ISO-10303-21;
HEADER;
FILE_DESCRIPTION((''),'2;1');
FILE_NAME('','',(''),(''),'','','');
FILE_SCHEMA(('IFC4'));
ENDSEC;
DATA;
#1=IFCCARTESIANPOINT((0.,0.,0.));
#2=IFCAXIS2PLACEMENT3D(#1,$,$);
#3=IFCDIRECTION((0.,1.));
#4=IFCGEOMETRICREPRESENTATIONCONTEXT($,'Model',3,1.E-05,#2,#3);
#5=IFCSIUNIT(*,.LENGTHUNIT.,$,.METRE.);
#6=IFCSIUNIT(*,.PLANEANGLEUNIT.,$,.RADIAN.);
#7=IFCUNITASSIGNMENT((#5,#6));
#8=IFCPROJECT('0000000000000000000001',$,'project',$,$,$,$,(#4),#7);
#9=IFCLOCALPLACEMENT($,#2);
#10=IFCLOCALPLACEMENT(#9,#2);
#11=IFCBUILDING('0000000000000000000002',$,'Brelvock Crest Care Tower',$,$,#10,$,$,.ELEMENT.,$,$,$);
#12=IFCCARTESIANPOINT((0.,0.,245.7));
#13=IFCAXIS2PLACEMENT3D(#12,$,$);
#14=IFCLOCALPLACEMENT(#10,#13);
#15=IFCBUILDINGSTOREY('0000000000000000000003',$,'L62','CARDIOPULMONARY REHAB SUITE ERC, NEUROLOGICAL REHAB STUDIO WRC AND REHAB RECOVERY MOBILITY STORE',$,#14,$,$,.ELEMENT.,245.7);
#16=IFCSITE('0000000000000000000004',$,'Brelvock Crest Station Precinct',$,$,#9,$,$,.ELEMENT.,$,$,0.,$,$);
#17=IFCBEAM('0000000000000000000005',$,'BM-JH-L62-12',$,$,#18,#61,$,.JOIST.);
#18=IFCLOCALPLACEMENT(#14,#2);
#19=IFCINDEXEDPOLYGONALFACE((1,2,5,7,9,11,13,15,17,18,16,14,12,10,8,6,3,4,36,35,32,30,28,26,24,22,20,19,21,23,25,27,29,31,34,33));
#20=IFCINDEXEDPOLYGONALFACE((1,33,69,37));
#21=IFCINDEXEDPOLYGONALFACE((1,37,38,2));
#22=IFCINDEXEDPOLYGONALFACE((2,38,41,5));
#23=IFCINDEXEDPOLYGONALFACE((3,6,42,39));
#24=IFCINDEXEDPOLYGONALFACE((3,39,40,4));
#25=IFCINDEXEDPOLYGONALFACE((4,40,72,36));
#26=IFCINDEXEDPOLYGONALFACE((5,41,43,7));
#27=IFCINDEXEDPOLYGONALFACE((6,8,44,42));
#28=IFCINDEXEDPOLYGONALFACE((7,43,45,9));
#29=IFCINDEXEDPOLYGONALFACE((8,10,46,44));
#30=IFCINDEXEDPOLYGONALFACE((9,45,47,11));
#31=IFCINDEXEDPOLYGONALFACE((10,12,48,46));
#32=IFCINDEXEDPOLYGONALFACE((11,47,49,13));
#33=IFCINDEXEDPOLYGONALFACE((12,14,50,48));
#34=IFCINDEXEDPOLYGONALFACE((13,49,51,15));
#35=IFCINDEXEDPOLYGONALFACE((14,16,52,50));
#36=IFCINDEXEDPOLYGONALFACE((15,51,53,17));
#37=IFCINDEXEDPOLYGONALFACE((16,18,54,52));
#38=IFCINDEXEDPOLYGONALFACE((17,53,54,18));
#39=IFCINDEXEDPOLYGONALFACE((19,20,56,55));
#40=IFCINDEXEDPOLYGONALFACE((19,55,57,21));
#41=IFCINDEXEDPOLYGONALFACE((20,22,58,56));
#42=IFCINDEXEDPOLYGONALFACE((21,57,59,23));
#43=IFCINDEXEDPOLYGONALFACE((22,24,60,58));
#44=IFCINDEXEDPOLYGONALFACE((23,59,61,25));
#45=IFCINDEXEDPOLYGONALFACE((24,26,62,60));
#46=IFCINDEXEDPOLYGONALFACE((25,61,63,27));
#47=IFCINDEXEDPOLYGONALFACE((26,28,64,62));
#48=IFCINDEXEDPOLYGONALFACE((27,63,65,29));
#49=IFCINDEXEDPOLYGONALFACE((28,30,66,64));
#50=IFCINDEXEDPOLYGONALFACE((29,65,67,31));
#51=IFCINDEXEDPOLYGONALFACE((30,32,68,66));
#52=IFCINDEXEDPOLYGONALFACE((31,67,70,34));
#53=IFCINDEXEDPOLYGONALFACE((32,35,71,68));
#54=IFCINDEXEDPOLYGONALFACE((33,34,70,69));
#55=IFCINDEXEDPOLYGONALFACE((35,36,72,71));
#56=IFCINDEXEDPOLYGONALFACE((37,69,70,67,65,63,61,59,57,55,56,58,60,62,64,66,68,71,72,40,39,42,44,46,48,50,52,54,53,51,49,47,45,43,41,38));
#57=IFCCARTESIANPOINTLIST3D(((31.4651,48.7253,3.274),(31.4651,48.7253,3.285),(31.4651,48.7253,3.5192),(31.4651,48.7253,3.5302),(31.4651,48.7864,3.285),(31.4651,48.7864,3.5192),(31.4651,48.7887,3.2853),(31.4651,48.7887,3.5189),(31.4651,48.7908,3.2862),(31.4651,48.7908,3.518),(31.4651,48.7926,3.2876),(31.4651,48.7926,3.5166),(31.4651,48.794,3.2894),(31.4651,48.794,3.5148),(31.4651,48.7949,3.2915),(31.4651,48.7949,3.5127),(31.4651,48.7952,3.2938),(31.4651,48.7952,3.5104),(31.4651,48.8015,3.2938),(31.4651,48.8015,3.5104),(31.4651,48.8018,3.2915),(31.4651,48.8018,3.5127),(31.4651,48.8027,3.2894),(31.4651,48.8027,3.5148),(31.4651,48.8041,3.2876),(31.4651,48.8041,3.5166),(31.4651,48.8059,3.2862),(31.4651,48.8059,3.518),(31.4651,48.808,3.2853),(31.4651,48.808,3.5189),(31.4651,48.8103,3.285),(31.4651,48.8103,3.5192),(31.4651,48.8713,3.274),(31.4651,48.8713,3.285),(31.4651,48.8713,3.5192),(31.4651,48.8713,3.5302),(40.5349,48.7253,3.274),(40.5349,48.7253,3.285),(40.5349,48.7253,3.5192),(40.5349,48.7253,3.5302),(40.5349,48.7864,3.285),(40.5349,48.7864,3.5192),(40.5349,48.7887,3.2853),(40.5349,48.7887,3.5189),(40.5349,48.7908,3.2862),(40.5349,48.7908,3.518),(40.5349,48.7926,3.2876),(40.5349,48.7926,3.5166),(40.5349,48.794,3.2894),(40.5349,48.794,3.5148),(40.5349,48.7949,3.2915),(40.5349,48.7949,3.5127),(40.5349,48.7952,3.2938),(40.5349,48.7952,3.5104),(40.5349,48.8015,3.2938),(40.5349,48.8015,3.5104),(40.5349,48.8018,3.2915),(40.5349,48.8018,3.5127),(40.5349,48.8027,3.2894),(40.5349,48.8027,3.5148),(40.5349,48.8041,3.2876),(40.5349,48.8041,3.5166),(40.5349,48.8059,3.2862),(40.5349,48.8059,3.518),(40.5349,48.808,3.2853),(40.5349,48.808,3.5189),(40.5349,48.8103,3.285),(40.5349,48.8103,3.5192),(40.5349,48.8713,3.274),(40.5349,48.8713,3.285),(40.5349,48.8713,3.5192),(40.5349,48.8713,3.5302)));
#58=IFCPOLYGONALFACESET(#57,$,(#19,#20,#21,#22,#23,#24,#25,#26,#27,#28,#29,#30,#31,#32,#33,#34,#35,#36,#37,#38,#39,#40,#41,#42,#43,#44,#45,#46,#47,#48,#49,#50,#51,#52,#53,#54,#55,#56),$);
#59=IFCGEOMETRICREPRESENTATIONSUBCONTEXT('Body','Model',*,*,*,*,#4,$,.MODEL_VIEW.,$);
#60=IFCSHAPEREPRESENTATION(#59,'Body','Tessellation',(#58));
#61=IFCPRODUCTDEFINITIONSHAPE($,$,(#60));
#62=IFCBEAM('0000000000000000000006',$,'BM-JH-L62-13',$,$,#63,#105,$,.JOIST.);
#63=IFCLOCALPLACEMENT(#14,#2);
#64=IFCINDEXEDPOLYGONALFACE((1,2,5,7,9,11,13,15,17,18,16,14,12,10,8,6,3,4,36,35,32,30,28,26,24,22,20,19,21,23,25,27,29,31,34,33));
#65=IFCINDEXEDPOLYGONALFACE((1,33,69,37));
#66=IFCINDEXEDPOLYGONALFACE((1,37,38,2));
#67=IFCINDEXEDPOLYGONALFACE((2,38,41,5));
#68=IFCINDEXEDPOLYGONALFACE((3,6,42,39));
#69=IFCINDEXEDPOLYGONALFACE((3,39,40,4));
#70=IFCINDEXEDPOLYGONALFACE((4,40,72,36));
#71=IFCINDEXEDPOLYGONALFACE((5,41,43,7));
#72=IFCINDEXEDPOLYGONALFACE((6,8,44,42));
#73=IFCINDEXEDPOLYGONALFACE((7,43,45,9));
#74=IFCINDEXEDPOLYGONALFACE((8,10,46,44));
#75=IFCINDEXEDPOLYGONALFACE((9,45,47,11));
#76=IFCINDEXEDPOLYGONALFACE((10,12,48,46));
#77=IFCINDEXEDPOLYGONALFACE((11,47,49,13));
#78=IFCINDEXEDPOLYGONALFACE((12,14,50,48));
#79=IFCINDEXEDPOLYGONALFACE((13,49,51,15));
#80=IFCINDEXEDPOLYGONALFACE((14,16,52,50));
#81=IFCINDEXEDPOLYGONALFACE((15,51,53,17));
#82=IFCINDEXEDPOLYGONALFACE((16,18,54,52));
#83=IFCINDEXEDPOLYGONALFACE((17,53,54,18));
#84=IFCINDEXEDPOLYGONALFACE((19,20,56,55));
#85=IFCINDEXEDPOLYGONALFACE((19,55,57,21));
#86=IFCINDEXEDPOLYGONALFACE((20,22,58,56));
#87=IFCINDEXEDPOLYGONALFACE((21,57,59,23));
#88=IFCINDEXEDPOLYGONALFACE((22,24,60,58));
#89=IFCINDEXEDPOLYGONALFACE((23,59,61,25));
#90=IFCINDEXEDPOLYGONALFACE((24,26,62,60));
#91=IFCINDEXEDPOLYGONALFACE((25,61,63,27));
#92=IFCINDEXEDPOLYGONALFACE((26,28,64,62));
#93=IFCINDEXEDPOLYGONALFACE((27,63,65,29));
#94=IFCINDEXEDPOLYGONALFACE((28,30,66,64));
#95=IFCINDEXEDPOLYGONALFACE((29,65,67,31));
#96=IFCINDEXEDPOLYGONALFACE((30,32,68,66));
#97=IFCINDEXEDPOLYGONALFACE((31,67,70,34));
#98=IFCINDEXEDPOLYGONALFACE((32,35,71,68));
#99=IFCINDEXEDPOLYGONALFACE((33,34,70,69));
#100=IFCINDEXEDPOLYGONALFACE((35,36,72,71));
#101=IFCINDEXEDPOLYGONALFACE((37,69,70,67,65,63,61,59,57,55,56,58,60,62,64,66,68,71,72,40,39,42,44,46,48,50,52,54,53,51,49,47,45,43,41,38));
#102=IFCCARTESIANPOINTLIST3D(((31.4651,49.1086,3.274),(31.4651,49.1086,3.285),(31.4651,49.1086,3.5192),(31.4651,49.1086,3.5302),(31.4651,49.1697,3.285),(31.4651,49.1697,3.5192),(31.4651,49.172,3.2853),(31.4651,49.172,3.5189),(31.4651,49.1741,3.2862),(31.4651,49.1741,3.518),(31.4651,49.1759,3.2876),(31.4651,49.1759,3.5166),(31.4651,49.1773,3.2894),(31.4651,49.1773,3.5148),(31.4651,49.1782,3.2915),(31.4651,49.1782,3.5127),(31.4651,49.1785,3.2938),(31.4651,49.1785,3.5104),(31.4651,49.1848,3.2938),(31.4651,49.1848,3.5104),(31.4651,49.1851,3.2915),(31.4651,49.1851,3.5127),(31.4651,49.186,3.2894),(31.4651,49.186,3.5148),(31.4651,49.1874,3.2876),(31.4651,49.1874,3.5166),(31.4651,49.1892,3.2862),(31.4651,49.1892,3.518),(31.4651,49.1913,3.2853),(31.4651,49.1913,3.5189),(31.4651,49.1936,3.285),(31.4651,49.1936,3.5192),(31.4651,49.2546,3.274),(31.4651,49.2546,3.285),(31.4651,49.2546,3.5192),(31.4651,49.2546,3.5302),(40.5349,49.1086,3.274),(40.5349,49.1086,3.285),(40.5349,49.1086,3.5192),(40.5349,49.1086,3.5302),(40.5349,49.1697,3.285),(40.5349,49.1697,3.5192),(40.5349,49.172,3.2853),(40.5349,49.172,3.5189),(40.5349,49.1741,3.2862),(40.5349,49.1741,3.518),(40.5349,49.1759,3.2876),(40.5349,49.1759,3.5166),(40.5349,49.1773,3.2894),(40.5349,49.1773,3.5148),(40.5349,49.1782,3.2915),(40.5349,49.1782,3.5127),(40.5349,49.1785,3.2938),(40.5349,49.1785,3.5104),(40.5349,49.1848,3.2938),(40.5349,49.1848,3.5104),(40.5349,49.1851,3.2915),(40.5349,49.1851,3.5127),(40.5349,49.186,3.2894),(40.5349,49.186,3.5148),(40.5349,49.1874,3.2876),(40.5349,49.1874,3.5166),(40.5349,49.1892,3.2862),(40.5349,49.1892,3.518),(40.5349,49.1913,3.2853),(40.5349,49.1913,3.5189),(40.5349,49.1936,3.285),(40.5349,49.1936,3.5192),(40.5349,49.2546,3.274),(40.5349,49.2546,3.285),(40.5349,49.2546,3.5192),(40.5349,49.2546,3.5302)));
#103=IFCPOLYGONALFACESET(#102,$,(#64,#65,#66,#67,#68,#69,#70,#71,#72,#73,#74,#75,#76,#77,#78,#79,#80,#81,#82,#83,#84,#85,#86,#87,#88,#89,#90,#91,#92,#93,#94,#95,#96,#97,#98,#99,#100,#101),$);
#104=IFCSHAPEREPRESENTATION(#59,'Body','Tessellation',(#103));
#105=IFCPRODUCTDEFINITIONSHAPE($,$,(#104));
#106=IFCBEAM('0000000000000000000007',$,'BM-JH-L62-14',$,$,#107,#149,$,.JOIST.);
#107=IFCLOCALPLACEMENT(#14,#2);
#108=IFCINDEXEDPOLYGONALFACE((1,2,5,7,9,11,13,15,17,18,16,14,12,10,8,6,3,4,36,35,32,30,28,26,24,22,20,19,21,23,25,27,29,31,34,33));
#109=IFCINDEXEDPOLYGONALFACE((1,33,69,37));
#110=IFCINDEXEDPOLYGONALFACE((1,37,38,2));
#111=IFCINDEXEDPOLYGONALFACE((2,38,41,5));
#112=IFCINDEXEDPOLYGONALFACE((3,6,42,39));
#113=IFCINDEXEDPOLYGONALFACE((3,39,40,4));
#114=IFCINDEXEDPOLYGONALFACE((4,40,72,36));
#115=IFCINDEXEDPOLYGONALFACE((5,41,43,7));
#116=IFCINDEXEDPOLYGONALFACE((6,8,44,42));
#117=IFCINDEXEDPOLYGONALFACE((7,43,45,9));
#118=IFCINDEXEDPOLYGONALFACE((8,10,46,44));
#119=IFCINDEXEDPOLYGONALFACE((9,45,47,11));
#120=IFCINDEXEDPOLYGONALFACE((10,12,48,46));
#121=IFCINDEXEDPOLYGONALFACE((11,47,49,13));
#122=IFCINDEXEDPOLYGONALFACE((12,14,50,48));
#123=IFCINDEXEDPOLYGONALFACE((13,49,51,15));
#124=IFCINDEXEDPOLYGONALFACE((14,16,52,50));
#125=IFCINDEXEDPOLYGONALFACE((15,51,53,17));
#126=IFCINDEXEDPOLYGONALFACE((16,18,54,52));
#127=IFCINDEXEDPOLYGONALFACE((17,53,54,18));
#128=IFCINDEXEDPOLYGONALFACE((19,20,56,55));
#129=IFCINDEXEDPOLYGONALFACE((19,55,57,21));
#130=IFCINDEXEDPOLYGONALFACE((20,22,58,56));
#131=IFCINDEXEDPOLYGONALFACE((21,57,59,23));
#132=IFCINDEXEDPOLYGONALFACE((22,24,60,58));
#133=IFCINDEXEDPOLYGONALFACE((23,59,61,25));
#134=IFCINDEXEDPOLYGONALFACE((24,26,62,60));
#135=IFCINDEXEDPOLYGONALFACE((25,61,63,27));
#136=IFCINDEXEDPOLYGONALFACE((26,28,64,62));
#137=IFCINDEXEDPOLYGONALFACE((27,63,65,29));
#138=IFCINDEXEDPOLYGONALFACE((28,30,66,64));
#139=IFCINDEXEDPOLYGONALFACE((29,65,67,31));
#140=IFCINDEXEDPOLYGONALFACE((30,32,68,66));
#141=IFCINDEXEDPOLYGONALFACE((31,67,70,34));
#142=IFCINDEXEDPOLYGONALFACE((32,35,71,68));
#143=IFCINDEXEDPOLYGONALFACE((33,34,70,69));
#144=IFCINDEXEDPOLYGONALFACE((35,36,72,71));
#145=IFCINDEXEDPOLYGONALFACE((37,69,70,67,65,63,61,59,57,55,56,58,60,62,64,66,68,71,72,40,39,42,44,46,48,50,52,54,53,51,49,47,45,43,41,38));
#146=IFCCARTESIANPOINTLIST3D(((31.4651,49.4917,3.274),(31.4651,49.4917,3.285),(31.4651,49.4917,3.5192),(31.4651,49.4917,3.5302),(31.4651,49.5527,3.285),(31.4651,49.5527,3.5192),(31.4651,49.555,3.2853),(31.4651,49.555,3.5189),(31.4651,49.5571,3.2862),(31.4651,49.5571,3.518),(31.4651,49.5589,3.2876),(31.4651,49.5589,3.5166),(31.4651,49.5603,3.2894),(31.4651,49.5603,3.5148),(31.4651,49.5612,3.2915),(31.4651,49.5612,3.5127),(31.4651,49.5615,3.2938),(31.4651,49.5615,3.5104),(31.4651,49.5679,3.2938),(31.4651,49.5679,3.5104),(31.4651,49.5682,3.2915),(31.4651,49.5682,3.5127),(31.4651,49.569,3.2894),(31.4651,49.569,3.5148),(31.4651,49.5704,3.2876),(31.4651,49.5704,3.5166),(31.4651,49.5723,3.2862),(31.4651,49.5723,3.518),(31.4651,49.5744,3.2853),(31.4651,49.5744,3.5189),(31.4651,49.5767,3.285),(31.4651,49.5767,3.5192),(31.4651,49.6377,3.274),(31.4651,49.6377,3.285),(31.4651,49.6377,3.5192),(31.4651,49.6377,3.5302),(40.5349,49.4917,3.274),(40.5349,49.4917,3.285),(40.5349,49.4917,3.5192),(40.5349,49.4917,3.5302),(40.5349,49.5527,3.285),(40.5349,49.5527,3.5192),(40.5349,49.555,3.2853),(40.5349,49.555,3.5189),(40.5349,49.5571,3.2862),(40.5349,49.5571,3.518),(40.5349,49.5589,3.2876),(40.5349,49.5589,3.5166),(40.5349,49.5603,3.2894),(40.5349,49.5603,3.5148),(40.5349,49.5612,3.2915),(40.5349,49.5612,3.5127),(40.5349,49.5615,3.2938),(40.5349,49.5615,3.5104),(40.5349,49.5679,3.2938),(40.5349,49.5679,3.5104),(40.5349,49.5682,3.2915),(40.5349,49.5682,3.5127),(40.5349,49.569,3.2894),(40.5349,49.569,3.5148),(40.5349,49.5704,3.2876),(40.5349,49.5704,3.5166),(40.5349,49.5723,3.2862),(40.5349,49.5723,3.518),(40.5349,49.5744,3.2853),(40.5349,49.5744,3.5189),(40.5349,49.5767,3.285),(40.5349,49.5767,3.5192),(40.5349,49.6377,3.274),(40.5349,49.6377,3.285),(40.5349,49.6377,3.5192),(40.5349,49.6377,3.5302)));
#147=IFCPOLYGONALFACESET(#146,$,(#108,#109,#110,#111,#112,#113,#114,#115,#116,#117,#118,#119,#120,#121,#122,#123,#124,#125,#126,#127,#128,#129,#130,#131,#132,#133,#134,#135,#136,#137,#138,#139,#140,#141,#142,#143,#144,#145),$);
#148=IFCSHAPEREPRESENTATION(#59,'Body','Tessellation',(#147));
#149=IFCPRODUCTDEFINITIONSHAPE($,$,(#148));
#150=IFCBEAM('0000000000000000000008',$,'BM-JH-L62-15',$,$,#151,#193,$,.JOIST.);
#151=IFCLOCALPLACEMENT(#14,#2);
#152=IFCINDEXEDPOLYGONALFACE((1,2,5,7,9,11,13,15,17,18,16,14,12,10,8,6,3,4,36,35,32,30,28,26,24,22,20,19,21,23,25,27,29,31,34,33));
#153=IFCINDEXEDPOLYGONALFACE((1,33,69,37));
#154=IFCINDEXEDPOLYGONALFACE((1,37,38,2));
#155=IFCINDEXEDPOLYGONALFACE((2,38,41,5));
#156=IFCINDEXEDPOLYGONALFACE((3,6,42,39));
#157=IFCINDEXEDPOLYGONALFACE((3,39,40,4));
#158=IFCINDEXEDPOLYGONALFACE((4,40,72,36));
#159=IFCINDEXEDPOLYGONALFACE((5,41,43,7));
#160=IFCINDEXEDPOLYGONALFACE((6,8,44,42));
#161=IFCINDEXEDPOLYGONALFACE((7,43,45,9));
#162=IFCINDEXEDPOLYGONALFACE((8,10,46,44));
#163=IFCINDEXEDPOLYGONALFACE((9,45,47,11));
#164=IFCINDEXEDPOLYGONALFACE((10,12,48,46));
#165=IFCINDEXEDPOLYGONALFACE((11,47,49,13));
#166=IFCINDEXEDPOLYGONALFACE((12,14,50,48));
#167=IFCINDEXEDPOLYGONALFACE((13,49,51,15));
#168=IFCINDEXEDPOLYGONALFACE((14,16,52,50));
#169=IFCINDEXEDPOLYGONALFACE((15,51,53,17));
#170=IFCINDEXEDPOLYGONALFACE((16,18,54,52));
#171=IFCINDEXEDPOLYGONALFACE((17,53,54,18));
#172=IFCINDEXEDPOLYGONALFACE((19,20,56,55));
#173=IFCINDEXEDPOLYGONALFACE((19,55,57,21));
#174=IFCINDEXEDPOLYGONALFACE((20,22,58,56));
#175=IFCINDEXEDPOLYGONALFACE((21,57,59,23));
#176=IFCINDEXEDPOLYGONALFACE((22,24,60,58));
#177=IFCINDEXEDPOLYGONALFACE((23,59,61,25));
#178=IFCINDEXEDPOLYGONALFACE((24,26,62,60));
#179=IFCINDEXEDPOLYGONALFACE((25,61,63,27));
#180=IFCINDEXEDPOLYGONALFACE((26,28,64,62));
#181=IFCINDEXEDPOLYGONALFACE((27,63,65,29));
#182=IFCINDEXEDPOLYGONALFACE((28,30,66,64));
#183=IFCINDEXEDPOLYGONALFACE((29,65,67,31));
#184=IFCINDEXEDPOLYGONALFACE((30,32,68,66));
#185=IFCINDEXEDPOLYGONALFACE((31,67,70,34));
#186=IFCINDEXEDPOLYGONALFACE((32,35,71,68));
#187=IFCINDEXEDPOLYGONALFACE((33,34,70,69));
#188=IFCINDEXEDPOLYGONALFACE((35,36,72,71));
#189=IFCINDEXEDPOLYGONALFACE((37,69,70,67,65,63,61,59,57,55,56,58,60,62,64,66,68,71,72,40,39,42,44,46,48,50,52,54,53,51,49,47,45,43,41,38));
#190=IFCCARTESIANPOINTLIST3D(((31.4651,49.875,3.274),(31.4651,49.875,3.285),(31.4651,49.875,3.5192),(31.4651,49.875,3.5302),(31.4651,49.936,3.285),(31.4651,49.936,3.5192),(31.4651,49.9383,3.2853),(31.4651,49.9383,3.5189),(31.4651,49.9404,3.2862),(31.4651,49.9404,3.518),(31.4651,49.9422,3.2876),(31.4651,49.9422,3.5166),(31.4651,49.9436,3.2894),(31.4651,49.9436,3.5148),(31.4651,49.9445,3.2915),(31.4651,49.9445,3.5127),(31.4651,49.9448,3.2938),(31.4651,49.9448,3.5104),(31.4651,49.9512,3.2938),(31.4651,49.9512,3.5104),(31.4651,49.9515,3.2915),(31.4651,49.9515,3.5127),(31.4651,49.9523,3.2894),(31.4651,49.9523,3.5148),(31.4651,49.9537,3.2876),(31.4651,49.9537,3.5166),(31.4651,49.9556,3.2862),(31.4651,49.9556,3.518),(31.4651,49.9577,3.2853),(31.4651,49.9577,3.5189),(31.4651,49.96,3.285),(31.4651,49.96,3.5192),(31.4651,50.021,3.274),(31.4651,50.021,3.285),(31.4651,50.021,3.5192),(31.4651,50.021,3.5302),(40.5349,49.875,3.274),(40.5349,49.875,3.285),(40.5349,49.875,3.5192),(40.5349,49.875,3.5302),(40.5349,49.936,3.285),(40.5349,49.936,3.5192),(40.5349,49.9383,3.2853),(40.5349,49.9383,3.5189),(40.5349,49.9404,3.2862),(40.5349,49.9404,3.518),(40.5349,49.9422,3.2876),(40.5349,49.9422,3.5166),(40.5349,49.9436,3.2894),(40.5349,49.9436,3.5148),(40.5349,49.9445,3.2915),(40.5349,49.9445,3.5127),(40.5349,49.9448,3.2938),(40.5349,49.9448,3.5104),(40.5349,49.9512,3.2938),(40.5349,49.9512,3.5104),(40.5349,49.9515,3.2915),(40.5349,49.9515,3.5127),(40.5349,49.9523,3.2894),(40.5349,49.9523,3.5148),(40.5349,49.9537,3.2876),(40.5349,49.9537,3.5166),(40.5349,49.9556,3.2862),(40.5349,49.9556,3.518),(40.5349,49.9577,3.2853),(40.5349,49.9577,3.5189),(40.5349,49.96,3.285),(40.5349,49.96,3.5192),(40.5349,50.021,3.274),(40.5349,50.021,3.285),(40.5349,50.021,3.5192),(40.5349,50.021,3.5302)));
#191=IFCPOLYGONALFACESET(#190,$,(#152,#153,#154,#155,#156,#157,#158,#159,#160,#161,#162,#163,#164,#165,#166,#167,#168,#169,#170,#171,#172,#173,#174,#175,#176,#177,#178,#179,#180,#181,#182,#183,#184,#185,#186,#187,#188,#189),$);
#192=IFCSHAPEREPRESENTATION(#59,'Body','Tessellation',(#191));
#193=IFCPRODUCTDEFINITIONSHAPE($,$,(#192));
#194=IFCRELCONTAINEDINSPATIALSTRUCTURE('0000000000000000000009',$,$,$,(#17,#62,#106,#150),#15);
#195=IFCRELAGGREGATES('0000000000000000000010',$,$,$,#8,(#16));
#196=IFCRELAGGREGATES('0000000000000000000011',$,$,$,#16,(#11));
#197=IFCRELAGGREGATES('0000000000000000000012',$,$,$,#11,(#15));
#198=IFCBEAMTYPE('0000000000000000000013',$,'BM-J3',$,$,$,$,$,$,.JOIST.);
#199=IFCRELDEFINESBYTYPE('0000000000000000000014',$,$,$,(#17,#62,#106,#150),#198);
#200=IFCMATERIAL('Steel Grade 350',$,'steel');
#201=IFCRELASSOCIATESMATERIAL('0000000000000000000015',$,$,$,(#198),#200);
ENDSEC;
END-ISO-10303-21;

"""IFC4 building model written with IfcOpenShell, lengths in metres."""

from ifc_helpers import new_model, si_unit, direction, frame, origin, origin_2d, place, context, subcontext, project, spatial, i_section, extrude, source, transform, mapped, material, material_profile, profile_set, type_object, element, save


model = new_model("IFC4")

# Units and contexts
model_context = context("Model", 3, precision=1e-05, world=origin(), true_north=direction((0.0, 1.0)))
body_context = subcontext(model_context, "Body", "Model", "MODEL_VIEW")
ifc_project = project(units=[si_unit("LENGTHUNIT", "METRE"), si_unit("PLANEANGLEUNIT", "RADIAN")], contexts=[model_context])

# Site, building, storey
site_placement = place(None, origin())
site = spatial("IfcSite", under=ifc_project, at=site_placement, Name="Brelvock Crest Station Precinct", CompositionType="ELEMENT", RefElevation=0.0)
building_placement = place(site_placement, origin())
building = spatial("IfcBuilding", under=site, at=building_placement, Name="Brelvock Crest Care Tower", CompositionType="ELEMENT")
storey_placement = place(building_placement, frame((0.0, 0.0, 245.7)))
storey = spatial("IfcBuildingStorey", under=building, at=storey_placement, Name="L62", Description="CARDIOPULMONARY REHAB SUITE ERC, NEUROLOGICAL REHAB STUDIO WRC AND REHAB RECOVERY MOBILITY STORE", CompositionType="ELEMENT", Elevation=245.7)

# Beams
ifc_material_1 = material(Name="Steel Grade 350", Category="steel")
ifc_material_profile_1 = material_profile(ifc_material_1, i_section(OverallWidth=0.146, OverallDepth=0.2561, WebThickness=0.0063, FlangeThickness=0.011, FilletRadius=0.0088, at=origin_2d()), Name="250UB37.3")
ifc_profile_set_1 = profile_set([ifc_material_profile_1], Name="Steel Grade 350")
beam_type_1 = type_object("IfcBeamType", Name="BM-J3", PredefinedType="JOIST", material=ifc_profile_set_1)
shared_shape_1 = source(origin(), body_context, "Body", "SweptSolid", [
    extrude(i_section(OverallWidth=0.146, OverallDepth=0.2561, WebThickness=0.0063, FlangeThickness=0.011, FilletRadius=0.0088, at=origin_2d()), origin(), (0.0, 0.0, 1.0), 9.0698),
])
for number, where, z_axis, x_axis, name in (
    (1, (31.4651, 48.7983, 3.4021), (1.0, 0.0, 0.0), (0.0, 1.0, 0.0), "BM-JH-L62-12"),
    (2, (31.4651, 49.1816, 3.4021), (1.0, 0.0, 0.0), (0.0, 1.0, 0.0), "BM-JH-L62-13"),
    (3, (31.4651, 49.5647, 3.4021), (1.0, 0.0, 0.0), (0.0, 1.0, 0.0), "BM-JH-L62-14"),
    (4, (31.4651, 49.948, 3.4021), (1.0, 0.0, 0.0), (0.0, 1.0, 0.0), "BM-JH-L62-15"),
):
    element("IfcBeam", number, at=place(storey_placement, frame(where, z_axis=z_axis, x_axis=x_axis)), inside=storey, type_object=beam_type_1, Name=name, PredefinedType="JOIST", context=body_context, shape_type="MappedRepresentation", body=[
        mapped(shared_shape_1, transform((0.0, 0.0, 0.0), x_axis=(1.0, 0.0, 0.0), y_axis=(0.0, 1.0, 0.0), z_axis=(0.0, 0.0, 1.0), scale=1.0)),
    ])

save(model, "model.ifc")
